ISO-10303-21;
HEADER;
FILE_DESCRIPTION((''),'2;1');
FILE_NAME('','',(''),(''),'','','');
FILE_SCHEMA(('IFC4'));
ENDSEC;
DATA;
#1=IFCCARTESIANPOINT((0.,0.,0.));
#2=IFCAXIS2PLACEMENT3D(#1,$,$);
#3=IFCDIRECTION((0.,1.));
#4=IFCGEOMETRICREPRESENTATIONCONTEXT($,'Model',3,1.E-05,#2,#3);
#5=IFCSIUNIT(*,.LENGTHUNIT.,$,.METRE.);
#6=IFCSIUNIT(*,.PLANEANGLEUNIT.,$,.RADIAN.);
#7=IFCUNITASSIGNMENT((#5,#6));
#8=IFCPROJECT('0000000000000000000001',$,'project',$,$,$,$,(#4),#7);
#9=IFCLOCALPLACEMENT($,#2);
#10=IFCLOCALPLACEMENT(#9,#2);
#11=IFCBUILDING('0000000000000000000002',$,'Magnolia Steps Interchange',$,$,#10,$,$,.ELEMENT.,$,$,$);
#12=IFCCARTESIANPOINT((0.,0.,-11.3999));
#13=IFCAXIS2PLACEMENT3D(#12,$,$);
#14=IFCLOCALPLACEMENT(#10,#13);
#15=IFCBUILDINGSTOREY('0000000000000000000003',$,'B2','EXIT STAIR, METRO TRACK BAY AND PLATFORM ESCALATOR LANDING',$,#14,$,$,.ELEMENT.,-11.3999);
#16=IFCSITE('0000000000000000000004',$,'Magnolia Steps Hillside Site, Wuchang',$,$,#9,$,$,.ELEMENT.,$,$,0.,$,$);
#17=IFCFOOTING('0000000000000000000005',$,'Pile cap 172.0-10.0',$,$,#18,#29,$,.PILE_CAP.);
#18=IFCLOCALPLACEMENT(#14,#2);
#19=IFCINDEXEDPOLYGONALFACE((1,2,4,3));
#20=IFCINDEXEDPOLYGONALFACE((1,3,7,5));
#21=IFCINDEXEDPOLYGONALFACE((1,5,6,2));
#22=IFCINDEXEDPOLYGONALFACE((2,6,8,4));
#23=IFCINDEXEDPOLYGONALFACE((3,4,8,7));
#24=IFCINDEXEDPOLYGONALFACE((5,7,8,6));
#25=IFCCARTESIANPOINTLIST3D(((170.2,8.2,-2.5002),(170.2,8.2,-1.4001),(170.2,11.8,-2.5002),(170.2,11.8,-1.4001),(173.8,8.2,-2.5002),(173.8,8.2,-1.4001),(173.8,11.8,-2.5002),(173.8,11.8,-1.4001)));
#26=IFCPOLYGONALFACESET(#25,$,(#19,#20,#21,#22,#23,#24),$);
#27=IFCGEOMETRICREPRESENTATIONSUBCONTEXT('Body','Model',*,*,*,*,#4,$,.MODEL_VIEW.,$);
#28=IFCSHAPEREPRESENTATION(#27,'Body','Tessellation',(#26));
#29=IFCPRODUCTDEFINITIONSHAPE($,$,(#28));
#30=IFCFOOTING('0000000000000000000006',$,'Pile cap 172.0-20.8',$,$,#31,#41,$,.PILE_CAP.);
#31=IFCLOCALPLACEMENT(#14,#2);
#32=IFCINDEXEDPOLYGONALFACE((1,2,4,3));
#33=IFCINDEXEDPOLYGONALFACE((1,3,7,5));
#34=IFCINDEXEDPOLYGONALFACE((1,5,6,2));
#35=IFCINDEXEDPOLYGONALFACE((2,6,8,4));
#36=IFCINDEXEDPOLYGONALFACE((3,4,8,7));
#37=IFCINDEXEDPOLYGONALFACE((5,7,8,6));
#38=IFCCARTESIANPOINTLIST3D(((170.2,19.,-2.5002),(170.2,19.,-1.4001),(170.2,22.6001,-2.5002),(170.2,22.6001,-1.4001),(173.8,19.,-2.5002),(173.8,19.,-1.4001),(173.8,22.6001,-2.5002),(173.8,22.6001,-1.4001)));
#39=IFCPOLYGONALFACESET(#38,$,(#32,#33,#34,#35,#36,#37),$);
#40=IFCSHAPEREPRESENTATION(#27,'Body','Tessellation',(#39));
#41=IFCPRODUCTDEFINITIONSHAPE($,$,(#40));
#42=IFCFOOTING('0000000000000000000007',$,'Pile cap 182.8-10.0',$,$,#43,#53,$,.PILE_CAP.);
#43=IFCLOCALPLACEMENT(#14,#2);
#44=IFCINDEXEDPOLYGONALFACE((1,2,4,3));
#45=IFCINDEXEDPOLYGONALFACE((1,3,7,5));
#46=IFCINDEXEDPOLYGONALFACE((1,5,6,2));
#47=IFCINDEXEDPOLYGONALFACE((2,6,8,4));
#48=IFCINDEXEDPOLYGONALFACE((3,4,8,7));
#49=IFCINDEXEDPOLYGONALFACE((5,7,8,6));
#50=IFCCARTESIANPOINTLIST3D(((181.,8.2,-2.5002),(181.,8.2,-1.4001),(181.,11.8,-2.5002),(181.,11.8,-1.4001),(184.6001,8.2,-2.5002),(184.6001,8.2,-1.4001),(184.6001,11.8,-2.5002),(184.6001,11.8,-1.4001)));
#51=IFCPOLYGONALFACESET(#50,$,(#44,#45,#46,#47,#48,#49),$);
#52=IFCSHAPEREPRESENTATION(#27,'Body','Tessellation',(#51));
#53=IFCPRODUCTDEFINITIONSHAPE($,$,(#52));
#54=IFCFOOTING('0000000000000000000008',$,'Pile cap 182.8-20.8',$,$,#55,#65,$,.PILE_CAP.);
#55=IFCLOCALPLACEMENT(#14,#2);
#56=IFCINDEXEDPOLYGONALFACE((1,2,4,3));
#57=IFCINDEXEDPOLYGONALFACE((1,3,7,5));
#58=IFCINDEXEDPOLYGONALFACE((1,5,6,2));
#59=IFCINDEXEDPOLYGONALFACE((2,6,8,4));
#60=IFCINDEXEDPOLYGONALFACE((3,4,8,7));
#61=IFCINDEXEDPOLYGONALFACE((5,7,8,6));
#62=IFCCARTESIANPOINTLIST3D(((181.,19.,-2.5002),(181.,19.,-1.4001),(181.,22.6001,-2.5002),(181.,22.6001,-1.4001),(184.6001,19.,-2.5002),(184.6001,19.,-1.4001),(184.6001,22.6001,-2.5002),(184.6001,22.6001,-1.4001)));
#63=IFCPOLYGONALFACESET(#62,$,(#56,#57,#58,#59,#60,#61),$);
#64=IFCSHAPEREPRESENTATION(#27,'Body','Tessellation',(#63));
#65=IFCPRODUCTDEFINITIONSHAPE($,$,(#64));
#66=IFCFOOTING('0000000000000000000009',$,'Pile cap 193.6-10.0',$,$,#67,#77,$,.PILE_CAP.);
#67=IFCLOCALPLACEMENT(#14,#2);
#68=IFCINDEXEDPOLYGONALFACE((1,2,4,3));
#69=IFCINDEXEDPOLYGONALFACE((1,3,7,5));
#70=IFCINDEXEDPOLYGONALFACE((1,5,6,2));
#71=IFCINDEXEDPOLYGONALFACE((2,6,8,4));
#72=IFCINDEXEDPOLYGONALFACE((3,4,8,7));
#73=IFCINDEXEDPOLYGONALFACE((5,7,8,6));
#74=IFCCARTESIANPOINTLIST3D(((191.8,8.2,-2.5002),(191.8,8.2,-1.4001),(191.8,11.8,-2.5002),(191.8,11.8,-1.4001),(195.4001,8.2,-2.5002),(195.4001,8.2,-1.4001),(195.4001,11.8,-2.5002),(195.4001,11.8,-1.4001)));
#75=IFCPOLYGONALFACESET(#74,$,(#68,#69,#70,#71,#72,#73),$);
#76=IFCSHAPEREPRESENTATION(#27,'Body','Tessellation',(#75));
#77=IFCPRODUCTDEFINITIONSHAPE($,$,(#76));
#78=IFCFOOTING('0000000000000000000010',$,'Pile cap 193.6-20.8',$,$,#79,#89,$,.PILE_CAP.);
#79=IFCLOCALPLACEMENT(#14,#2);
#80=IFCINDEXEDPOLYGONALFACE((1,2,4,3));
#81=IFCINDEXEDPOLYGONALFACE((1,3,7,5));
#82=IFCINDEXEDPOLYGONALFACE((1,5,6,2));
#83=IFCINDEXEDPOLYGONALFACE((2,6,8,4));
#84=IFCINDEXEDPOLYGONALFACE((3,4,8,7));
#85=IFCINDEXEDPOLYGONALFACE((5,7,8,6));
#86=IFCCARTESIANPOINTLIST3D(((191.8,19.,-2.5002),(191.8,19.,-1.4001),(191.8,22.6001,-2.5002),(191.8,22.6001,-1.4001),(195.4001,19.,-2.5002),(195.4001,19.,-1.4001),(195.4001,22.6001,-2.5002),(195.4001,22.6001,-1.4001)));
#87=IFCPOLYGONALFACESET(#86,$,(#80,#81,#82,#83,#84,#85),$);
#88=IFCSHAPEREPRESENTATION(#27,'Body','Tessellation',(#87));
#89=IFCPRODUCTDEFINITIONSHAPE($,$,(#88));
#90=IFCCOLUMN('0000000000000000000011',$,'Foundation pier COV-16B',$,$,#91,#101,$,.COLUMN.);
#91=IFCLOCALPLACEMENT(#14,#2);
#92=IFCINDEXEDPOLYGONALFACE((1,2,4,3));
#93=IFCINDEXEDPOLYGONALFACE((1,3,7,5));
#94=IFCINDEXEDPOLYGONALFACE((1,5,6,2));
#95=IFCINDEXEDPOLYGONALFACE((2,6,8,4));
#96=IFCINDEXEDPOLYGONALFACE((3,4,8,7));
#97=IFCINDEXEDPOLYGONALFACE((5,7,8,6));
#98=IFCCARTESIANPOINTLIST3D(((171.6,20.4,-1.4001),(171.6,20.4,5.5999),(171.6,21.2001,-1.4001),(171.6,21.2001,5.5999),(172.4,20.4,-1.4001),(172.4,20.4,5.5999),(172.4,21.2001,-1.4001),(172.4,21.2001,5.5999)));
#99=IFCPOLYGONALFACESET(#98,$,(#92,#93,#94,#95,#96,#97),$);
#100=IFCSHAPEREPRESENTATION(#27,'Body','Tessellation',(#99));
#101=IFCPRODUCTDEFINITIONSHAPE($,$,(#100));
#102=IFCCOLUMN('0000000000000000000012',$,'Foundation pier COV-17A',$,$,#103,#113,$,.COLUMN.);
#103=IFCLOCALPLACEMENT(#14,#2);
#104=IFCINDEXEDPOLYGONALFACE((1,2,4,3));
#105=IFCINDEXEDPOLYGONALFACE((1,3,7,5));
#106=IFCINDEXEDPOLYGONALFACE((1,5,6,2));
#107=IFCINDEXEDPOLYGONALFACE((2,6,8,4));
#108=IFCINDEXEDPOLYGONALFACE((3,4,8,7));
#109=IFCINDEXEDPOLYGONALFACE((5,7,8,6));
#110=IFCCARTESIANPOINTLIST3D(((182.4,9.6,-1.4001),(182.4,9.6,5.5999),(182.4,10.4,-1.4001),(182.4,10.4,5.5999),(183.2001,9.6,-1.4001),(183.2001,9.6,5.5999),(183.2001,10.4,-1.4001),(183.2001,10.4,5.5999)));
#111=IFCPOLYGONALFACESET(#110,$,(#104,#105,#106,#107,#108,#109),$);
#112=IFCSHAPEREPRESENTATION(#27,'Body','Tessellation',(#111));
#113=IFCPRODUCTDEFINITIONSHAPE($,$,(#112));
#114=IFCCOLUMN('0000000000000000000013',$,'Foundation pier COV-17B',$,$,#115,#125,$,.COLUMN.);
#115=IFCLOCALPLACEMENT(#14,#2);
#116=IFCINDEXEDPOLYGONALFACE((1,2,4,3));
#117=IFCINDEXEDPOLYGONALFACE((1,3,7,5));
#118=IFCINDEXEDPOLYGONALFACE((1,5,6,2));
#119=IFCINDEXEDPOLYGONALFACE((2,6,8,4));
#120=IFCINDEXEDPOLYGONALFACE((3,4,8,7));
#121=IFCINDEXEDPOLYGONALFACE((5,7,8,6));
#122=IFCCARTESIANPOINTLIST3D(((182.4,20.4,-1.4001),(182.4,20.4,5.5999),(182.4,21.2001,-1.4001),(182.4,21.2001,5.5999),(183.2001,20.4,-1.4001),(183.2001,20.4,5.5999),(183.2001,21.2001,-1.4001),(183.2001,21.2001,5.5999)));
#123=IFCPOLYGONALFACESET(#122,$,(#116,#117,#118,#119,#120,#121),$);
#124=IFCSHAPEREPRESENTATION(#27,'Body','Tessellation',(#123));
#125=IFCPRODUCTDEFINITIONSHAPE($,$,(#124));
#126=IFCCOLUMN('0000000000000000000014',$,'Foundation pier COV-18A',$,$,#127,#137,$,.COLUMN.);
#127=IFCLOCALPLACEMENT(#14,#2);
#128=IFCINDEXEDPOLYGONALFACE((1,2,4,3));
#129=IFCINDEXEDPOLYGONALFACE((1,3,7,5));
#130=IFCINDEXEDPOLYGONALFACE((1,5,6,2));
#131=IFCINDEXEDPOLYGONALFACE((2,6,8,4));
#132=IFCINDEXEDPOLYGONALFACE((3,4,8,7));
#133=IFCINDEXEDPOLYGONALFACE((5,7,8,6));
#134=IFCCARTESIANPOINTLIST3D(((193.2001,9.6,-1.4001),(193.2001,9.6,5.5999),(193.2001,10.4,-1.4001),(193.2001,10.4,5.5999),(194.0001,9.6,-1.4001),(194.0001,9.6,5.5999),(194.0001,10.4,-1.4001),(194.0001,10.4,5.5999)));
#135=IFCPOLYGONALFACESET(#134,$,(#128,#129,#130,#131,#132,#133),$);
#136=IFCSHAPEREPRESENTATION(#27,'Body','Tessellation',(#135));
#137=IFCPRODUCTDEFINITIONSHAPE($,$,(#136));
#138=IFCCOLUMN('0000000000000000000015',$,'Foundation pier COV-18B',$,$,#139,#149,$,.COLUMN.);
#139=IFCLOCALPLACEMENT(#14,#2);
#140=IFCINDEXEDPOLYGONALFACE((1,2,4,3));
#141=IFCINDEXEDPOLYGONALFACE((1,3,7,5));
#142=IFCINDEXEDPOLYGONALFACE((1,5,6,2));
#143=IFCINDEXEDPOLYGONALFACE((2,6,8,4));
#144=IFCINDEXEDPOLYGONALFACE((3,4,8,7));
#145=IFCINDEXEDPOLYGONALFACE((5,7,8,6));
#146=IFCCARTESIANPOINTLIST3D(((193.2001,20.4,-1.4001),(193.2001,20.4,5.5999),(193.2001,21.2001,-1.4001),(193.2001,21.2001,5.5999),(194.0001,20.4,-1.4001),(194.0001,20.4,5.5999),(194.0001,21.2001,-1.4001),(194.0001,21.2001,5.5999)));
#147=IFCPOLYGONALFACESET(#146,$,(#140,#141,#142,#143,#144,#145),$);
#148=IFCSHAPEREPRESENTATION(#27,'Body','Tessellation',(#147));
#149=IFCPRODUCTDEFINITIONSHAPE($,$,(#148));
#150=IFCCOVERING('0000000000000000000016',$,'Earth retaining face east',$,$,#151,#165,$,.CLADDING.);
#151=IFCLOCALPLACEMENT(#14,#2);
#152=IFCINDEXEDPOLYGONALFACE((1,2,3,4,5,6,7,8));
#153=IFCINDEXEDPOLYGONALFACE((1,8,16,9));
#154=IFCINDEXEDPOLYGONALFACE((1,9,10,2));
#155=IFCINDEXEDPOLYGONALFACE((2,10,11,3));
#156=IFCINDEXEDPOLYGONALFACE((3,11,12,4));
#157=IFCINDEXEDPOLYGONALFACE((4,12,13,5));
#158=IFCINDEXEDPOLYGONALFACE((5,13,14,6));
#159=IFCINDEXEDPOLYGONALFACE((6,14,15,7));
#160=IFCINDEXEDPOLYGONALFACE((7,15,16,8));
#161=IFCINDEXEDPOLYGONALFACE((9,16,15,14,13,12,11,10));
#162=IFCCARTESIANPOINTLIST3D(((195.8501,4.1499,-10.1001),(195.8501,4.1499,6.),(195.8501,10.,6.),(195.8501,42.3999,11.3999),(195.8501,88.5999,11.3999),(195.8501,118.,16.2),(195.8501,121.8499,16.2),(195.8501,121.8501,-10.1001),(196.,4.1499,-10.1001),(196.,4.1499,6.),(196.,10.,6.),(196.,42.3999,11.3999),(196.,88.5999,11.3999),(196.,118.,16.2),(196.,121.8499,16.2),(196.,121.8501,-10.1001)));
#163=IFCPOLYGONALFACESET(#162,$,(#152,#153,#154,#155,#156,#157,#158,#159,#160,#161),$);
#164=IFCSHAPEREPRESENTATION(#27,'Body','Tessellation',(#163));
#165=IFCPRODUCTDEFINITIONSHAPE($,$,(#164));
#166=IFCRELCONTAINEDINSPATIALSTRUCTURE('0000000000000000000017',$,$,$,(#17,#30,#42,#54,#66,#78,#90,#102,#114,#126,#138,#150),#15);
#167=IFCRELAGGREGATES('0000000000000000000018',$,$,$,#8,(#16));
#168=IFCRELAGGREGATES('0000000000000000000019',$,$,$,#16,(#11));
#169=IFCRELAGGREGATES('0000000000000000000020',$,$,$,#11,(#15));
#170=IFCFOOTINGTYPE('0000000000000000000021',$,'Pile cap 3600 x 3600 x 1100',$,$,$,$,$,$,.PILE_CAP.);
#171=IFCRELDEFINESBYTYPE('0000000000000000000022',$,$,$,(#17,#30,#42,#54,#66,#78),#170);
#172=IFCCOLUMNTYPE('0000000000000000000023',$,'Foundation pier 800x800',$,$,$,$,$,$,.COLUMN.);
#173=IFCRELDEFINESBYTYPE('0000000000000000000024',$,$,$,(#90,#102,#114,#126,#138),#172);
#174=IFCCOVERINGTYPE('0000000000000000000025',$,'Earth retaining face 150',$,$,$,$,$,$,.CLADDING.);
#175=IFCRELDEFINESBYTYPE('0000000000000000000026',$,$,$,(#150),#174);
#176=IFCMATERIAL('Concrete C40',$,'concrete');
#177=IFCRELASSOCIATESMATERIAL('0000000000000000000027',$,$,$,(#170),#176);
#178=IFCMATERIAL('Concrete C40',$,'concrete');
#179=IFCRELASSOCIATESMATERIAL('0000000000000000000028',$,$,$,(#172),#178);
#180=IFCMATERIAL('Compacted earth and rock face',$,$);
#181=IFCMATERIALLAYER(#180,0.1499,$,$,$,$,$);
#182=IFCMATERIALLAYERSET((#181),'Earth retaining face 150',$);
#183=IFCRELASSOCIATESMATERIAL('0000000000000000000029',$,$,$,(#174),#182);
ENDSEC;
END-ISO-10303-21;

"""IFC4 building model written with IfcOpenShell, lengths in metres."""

from ifc_helpers import new_model, si_unit, direction, frame, origin, origin_2d, place, context, subcontext, project, spatial, polyline, rectangle, outline, extrude, material, layer, layer_set, material_profile, profile_set, type_object, element, save


model = new_model("IFC4")

# Units and contexts
model_context = context("Model", 3, precision=1e-05, world=origin(), true_north=direction((0.0, 1.0)))
body_context = subcontext(model_context, "Body", "Model", "MODEL_VIEW")
ifc_project = project(units=[si_unit("LENGTHUNIT", "METRE"), si_unit("PLANEANGLEUNIT", "RADIAN")], contexts=[model_context])

# Site, building, storey
site_placement = place(None, origin())
site = spatial("IfcSite", under=ifc_project, at=site_placement, Name="Magnolia Steps Hillside Site, Wuchang", CompositionType="ELEMENT", RefElevation=0.0)
building_placement = place(site_placement, origin())
building = spatial("IfcBuilding", under=site, at=building_placement, Name="Magnolia Steps Interchange", CompositionType="ELEMENT")
storey_placement = place(building_placement, frame((0.0, 0.0, -11.3999)))
storey = spatial("IfcBuildingStorey", under=building, at=storey_placement, Name="B2", Description="EXIT STAIR, METRO TRACK BAY AND PLATFORM ESCALATOR LANDING", CompositionType="ELEMENT", Elevation=-11.3999)

# Footings
ifc_material_1 = material(Name="Concrete C40", Category="concrete")
footing_type = type_object("IfcFootingType", Name="Pile cap 3600 x 3600 x 1100", PredefinedType="PILE_CAP", material=ifc_material_1)
for number, where, z_axis, x_axis, name in (
    (1, (172.0, 10.0, -2.5002), (0.0, 0.0, 1.0), (1.0, 0.0, 0.0), "Pile cap 172.0-10.0"),
    (2, (172.0, 20.8, -2.5002), (0.0, 0.0, 1.0), (1.0, 0.0, 0.0), "Pile cap 172.0-20.8"),
    (3, (182.8, 10.0, -2.5002), (0.0, 0.0, 1.0), (1.0, 0.0, 0.0), "Pile cap 182.8-10.0"),
    (4, (182.8, 20.8, -2.5002), (0.0, 0.0, 1.0), (1.0, 0.0, 0.0), "Pile cap 182.8-20.8"),
    (5, (193.6001, 10.0, -2.5002), (0.0, 0.0, 1.0), (1.0, 0.0, 0.0), "Pile cap 193.6-10.0"),
    (6, (193.6001, 20.8, -2.5002), (0.0, 0.0, 1.0), (1.0, 0.0, 0.0), "Pile cap 193.6-20.8"),
):
    element("IfcFooting", number, at=place(storey_placement, frame(where, z_axis=z_axis, x_axis=x_axis)), inside=storey, type_object=footing_type, Name=name, PredefinedType="PILE_CAP", context=body_context, shape_type="SweptSolid", body=[
        extrude(rectangle(XDim=3.6001, YDim=3.6001, at=origin_2d()), origin(), (0.0, 0.0, 1.0), 1.1001),
    ])

# Columns
ifc_material_2 = material(Name="Concrete C40", Category="concrete")
ifc_material_profile_1 = material_profile(ifc_material_2, rectangle(XDim=0.8, YDim=0.8, at=origin_2d()), Name="RC800x800")
ifc_profile_set_1 = profile_set([ifc_material_profile_1], Name="Concrete C40")
column_type = type_object("IfcColumnType", Name="Foundation pier 800x800", PredefinedType="COLUMN", material=ifc_profile_set_1)
for number, where, z_axis, x_axis, name in (
    (7, (172.0, 20.8, -1.4001), (0.0, 0.0, 1.0), (1.0, 0.0, 0.0), "Foundation pier COV-16B"),
    (8, (182.8, 10.0, -1.4001), (0.0, 0.0, 1.0), (1.0, 0.0, 0.0), "Foundation pier COV-17A"),
    (9, (182.8, 20.8, -1.4001), (0.0, 0.0, 1.0), (1.0, 0.0, 0.0), "Foundation pier COV-17B"),
    (10, (193.6001, 10.0, -1.4001), (0.0, 0.0, 1.0), (1.0, 0.0, 0.0), "Foundation pier COV-18A"),
    (11, (193.6001, 20.8, -1.4001), (0.0, 0.0, 1.0), (1.0, 0.0, 0.0), "Foundation pier COV-18B"),
):
    element("IfcColumn", number, at=place(storey_placement, frame(where, z_axis=z_axis, x_axis=x_axis)), inside=storey, type_object=column_type, Name=name, PredefinedType="COLUMN", context=body_context, shape_type="SweptSolid", body=[
        extrude(rectangle(XDim=0.8, YDim=0.8, at=origin_2d()), origin(), (0.0, 0.0, 1.0), 7.0),
    ])

# Covering
ifc_material_3 = material(Name="Compacted earth and rock face")
ifc_layer = layer(ifc_material_3, 0.1499)
ifc_layer_set = layer_set([ifc_layer], Name="Earth retaining face 150")
covering_type = type_object("IfcCoveringType", Name="Earth retaining face 150", PredefinedType="CLADDING", material=ifc_layer_set)
covering_placement = place(storey_placement, frame((195.925, 4.1499, -10.1001), z_axis=(0.0, 0.0, 1.0), x_axis=(0.0, 1.0, 0.0)))
element("IfcCovering", 12, at=covering_placement, inside=storey, type_object=covering_type, Name="Earth retaining face east", PredefinedType="CLADDING", context=body_context, shape_type="SweptSolid", body=[
    extrude(outline(polyline([(0.0, 0.0), (117.7002, 0.0), (117.7, 26.3), (113.8501, 26.3), (84.45, 21.5), (38.25, 21.5), (5.8501, 16.1001), (0.0, 16.1001), (0.0, 0.0)])), frame((0.0, 0.075, 0.0), z_axis=(0.0, -1.0, 0.0), x_axis=(1.0, 0.0, 0.0)), (0.0, 0.0, 1.0), 0.1499),
])

save(model, "model.ifc")
